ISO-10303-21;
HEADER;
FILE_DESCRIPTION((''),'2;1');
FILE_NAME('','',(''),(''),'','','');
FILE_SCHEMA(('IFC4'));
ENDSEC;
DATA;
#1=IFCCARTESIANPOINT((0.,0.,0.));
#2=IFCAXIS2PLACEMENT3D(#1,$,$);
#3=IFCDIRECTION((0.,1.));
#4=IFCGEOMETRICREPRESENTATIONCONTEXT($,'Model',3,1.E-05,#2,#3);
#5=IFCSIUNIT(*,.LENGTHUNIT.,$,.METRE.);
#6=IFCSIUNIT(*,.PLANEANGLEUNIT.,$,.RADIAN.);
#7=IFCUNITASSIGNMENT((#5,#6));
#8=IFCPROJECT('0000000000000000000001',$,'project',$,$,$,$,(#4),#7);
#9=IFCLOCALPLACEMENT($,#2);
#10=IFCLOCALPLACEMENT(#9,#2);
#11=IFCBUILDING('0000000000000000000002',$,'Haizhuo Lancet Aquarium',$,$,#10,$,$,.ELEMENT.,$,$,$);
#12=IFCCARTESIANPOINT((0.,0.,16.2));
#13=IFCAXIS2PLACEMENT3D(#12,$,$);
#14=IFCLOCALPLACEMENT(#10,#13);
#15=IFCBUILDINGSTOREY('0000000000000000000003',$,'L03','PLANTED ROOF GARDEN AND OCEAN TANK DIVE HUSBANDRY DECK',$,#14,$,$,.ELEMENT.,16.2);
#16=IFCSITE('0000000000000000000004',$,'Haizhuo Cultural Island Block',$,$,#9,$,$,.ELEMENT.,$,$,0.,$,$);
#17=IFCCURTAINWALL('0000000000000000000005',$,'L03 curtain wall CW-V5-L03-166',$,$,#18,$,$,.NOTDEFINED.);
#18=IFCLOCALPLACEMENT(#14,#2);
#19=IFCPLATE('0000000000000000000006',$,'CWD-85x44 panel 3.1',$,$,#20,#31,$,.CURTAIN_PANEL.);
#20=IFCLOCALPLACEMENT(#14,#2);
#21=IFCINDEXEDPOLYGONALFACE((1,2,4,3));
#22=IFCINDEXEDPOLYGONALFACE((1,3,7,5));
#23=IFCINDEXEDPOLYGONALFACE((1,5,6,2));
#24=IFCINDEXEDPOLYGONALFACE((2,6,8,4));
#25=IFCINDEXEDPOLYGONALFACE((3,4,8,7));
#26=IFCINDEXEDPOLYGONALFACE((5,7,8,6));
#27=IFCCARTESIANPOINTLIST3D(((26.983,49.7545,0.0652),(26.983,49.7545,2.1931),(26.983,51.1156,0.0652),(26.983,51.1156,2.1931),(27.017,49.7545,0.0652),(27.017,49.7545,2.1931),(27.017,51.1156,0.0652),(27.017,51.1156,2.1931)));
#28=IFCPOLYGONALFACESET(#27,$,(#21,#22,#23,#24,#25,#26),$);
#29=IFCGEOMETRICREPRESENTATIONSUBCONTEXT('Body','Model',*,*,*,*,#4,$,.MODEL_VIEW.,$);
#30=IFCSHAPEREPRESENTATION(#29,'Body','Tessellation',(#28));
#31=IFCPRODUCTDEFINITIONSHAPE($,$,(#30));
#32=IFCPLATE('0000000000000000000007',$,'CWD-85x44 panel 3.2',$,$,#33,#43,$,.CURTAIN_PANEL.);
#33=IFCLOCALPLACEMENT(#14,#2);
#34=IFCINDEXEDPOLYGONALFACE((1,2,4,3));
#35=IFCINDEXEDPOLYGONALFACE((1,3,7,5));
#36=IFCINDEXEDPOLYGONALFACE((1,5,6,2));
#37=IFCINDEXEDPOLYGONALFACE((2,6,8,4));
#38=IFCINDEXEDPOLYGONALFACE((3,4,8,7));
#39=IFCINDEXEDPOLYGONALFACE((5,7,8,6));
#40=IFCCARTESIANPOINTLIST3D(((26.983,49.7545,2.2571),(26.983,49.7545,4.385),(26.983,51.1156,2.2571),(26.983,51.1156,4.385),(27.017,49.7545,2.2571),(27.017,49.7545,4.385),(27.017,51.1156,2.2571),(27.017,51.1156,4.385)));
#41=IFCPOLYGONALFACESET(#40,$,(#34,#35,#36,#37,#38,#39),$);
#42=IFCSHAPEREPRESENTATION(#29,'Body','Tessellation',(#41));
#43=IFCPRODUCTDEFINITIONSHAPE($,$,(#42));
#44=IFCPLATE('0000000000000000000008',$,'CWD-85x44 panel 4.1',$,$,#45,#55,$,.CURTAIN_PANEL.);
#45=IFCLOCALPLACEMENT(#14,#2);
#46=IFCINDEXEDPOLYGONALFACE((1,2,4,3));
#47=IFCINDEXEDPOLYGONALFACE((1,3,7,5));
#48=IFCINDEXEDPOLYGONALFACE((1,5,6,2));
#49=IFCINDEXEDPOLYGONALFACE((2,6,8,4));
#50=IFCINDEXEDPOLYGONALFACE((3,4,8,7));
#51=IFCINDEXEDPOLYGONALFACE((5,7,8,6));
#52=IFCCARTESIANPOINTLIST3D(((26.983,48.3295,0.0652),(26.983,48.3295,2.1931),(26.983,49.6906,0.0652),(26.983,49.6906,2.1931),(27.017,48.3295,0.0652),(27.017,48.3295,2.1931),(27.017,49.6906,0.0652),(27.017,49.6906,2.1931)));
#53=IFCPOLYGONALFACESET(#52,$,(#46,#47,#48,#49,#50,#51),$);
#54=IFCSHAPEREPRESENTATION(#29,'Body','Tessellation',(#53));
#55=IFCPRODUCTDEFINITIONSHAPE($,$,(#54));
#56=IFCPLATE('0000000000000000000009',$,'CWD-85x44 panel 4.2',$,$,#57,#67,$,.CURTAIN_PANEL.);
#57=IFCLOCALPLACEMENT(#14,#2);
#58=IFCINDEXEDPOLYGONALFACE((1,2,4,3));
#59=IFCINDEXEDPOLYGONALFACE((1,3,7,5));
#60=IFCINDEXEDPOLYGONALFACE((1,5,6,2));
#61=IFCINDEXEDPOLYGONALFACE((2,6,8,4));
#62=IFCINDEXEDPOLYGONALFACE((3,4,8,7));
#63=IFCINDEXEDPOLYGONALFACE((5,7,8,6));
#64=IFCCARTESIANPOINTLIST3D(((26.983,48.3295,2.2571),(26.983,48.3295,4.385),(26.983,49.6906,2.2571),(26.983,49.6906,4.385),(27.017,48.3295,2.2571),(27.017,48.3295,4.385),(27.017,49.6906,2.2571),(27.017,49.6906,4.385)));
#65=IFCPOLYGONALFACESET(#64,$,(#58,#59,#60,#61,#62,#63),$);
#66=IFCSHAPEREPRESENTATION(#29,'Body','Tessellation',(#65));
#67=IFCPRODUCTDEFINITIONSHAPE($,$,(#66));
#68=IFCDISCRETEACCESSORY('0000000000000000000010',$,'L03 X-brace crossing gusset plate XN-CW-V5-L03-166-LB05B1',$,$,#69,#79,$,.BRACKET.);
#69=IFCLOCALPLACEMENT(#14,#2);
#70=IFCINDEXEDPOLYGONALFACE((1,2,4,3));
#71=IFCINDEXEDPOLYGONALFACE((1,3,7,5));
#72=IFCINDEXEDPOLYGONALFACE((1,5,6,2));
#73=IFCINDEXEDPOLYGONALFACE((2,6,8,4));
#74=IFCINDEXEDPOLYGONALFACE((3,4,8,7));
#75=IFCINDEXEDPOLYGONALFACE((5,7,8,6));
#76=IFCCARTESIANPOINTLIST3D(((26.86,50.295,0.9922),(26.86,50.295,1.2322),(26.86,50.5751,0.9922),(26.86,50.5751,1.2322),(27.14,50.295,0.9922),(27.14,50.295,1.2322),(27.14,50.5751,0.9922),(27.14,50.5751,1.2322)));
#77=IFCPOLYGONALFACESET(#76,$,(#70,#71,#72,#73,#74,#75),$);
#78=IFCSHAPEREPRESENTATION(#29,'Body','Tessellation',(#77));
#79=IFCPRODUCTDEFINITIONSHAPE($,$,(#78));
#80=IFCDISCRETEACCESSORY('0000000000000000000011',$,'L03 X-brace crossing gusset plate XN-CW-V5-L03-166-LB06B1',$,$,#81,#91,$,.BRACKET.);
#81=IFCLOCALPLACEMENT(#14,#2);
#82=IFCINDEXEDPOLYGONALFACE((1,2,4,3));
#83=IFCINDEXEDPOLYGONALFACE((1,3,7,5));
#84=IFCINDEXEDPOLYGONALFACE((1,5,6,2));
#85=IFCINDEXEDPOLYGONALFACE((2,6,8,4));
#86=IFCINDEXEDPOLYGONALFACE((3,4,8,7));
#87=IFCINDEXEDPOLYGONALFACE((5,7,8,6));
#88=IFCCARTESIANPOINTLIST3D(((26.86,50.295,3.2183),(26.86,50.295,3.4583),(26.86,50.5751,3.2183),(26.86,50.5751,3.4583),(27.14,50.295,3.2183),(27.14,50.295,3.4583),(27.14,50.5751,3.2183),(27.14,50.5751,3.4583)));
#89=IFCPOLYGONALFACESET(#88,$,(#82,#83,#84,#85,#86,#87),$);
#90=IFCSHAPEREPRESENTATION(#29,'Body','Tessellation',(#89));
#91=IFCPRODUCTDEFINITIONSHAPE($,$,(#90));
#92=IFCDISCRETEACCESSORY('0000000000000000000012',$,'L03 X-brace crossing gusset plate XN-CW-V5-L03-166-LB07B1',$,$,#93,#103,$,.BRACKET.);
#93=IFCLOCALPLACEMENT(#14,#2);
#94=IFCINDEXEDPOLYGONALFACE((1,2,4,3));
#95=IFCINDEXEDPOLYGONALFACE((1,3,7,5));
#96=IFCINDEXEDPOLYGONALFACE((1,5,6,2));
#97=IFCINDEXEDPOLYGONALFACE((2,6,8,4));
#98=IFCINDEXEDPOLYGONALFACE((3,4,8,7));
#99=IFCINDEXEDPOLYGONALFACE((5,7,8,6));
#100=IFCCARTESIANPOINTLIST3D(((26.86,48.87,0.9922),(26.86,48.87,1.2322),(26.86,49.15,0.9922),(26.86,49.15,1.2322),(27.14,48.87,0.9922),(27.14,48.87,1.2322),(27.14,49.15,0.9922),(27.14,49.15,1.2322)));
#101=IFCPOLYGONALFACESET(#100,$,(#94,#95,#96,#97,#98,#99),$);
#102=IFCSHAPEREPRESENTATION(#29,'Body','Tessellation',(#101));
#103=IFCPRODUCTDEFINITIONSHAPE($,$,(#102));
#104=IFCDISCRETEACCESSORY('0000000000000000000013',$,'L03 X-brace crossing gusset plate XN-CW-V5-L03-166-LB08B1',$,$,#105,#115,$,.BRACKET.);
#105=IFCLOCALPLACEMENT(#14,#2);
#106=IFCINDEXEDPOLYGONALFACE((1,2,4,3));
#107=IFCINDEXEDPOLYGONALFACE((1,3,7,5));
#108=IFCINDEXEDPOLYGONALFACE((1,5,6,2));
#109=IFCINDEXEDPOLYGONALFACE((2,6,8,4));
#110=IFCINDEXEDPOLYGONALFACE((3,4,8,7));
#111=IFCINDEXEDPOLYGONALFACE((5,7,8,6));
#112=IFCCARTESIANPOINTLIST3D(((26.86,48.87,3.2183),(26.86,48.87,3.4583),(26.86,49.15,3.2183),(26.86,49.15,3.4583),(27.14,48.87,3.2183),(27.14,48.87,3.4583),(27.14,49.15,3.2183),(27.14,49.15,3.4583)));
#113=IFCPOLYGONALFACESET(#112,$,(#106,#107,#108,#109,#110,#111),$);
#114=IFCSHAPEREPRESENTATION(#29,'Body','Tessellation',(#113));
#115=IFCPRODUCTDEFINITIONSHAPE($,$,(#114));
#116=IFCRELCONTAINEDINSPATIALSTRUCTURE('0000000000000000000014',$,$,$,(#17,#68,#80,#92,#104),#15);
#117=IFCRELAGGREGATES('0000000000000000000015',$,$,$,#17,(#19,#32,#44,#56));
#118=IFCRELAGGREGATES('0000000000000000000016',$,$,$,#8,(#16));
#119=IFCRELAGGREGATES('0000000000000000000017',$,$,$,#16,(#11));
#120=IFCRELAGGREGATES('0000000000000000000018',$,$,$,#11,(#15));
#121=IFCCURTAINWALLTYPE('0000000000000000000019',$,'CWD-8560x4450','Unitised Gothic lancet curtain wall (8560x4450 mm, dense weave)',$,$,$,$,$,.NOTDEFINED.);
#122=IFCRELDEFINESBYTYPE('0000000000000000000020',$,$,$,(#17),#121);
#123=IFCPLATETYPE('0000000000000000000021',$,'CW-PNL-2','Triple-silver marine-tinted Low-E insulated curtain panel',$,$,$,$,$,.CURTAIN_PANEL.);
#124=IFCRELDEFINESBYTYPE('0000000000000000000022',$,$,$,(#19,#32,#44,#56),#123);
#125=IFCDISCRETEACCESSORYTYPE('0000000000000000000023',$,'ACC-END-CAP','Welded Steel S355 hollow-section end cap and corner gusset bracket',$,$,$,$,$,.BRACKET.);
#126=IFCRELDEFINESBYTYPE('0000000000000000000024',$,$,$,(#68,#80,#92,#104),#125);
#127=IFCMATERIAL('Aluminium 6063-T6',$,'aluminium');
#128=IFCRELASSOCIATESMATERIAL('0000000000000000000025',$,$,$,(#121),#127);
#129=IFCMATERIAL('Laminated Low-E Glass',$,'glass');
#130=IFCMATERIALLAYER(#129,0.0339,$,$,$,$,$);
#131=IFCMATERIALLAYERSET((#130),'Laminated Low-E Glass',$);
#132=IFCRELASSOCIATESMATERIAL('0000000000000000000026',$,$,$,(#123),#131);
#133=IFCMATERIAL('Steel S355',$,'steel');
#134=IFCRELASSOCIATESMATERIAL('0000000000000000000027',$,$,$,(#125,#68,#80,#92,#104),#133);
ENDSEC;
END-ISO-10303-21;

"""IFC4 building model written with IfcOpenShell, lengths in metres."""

from ifc_helpers import new_model, si_unit, direction, frame, origin, origin_2d, place, context, subcontext, project, spatial, rectangle, extrude, material, layer, layer_set, type_object, element, aggregate, save


model = new_model("IFC4")

# Units and contexts
model_context = context("Model", 3, precision=1e-05, world=origin(), true_north=direction((0.0, 1.0)))
body_context = subcontext(model_context, "Body", "Model", "MODEL_VIEW")
ifc_project = project(units=[si_unit("LENGTHUNIT", "METRE"), si_unit("PLANEANGLEUNIT", "RADIAN")], contexts=[model_context])

# Site, building, storey
site_placement = place(None, origin())
site = spatial("IfcSite", under=ifc_project, at=site_placement, Name="Haizhuo Cultural Island Block", CompositionType="ELEMENT", RefElevation=0.0)
building_placement = place(site_placement, origin())
building = spatial("IfcBuilding", under=site, at=building_placement, Name="Haizhuo Lancet Aquarium", CompositionType="ELEMENT")
storey_placement = place(building_placement, frame((0.0, 0.0, 16.2)))
storey = spatial("IfcBuildingStorey", under=building, at=storey_placement, Name="L03", Description="PLANTED ROOF GARDEN AND OCEAN TANK DIVE HUSBANDRY DECK", CompositionType="ELEMENT", Elevation=16.2)

# Curtain wall
ifc_material_1 = material(Name="Aluminium 6063-T6", Category="aluminium")
curtain_wall_type = type_object("IfcCurtainWallType", Name="CWD-8560x4450", Description="Unitised Gothic lancet curtain wall (8560x4450 mm, dense weave)", PredefinedType="NOTDEFINED", material=ifc_material_1)
curtain_wall_placement = place(storey_placement, origin())
curtain_wall = element("IfcCurtainWall", 1, at=curtain_wall_placement, inside=storey, type_object=curtain_wall_type, Name="L03 curtain wall CW-V5-L03-166", PredefinedType="NOTDEFINED")

# Shared definitions
ifc_material_2 = material(Name="Steel S355", Category="steel")

# Plates
ifc_material_3 = material(Name="Laminated Low-E Glass", Category="glass")
ifc_layer = layer(ifc_material_3, 0.0339)
ifc_layer_set = layer_set([ifc_layer], Name="Laminated Low-E Glass")
plate_type = type_object("IfcPlateType", Name="CW-PNL-2", Description="Triple-silver marine-tinted Low-E insulated curtain panel", PredefinedType="CURTAIN_PANEL", material=ifc_layer_set)
plate_1_placement = place(storey_placement, frame((27.0, 50.4351, 0.0652), z_axis=(0.0, 0.0, 1.0), x_axis=(0.0, -1.0, 0.0)))
plate_1 = element("IfcPlate", 2, at=plate_1_placement, type_object=plate_type, Name="CWD-85x44 panel 3.1", PredefinedType="CURTAIN_PANEL", context=body_context, shape_type="SweptSolid", body=[
    extrude(rectangle(XDim=1.3611, YDim=0.0339, at=origin_2d()), origin(), (0.0, 0.0, 1.0), 2.1279),
])
plate_2_placement = place(storey_placement, frame((27.0, 50.4351, 2.2571), z_axis=(0.0, 0.0, 1.0), x_axis=(0.0, -1.0, 0.0)))
plate_2 = element("IfcPlate", 3, at=plate_2_placement, type_object=plate_type, Name="CWD-85x44 panel 3.2", PredefinedType="CURTAIN_PANEL", context=body_context, shape_type="SweptSolid", body=[
    extrude(rectangle(XDim=1.3611, YDim=0.0339, at=origin_2d()), origin(), (0.0, 0.0, 1.0), 2.1279),
])
plate_3_placement = place(storey_placement, frame((27.0, 49.01, 0.0652), z_axis=(0.0, 0.0, 1.0), x_axis=(0.0, -1.0, 0.0)))
plate_3 = element("IfcPlate", 4, at=plate_3_placement, type_object=plate_type, Name="CWD-85x44 panel 4.1", PredefinedType="CURTAIN_PANEL", context=body_context, shape_type="SweptSolid", body=[
    extrude(rectangle(XDim=1.3611, YDim=0.0339, at=origin_2d()), origin(), (0.0, 0.0, 1.0), 2.1279),
])
plate_4_placement = place(storey_placement, frame((27.0, 49.01, 2.2571), z_axis=(0.0, 0.0, 1.0), x_axis=(0.0, -1.0, 0.0)))
plate_4 = element("IfcPlate", 5, at=plate_4_placement, type_object=plate_type, Name="CWD-85x44 panel 4.2", PredefinedType="CURTAIN_PANEL", context=body_context, shape_type="SweptSolid", body=[
    extrude(rectangle(XDim=1.3611, YDim=0.0339, at=origin_2d()), origin(), (0.0, 0.0, 1.0), 2.1279),
])
aggregate(curtain_wall, [plate_1, plate_2, plate_3, plate_4])

# Discrete accessories
discrete_accessory_type = type_object("IfcDiscreteAccessoryType", Name="ACC-END-CAP", Description="Welded Steel S355 hollow-section end cap and corner gusset bracket", PredefinedType="BRACKET", material=ifc_material_2)
for number, where, z_axis, x_axis, name in (
    (6, (27.0, 50.4351, 0.9922), (0.0, 0.0, 1.0), (1.0, 0.0, 0.0), "L03 X-brace crossing gusset plate XN-CW-V5-L03-166-LB05B1"),
    (7, (27.0, 50.4351, 3.2183), (0.0, 0.0, 1.0), (1.0, 0.0, 0.0), "L03 X-brace crossing gusset plate XN-CW-V5-L03-166-LB06B1"),
    (8, (27.0, 49.01, 0.9922), (0.0, 0.0, 1.0), (1.0, 0.0, 0.0), "L03 X-brace crossing gusset plate XN-CW-V5-L03-166-LB07B1"),
    (9, (27.0, 49.01, 3.2183), (0.0, 0.0, 1.0), (1.0, 0.0, 0.0), "L03 X-brace crossing gusset plate XN-CW-V5-L03-166-LB08B1"),
):
    element("IfcDiscreteAccessory", number, at=place(storey_placement, frame(where, z_axis=z_axis, x_axis=x_axis)), inside=storey, type_object=discrete_accessory_type, material=ifc_material_2, Name=name, PredefinedType="BRACKET", context=body_context, shape_type="SweptSolid", body=[
        extrude(rectangle(XDim=0.28, YDim=0.28, at=origin_2d()), origin(), (0.0, 0.0, 1.0), 0.24),
    ])

save(model, "model.ifc")
